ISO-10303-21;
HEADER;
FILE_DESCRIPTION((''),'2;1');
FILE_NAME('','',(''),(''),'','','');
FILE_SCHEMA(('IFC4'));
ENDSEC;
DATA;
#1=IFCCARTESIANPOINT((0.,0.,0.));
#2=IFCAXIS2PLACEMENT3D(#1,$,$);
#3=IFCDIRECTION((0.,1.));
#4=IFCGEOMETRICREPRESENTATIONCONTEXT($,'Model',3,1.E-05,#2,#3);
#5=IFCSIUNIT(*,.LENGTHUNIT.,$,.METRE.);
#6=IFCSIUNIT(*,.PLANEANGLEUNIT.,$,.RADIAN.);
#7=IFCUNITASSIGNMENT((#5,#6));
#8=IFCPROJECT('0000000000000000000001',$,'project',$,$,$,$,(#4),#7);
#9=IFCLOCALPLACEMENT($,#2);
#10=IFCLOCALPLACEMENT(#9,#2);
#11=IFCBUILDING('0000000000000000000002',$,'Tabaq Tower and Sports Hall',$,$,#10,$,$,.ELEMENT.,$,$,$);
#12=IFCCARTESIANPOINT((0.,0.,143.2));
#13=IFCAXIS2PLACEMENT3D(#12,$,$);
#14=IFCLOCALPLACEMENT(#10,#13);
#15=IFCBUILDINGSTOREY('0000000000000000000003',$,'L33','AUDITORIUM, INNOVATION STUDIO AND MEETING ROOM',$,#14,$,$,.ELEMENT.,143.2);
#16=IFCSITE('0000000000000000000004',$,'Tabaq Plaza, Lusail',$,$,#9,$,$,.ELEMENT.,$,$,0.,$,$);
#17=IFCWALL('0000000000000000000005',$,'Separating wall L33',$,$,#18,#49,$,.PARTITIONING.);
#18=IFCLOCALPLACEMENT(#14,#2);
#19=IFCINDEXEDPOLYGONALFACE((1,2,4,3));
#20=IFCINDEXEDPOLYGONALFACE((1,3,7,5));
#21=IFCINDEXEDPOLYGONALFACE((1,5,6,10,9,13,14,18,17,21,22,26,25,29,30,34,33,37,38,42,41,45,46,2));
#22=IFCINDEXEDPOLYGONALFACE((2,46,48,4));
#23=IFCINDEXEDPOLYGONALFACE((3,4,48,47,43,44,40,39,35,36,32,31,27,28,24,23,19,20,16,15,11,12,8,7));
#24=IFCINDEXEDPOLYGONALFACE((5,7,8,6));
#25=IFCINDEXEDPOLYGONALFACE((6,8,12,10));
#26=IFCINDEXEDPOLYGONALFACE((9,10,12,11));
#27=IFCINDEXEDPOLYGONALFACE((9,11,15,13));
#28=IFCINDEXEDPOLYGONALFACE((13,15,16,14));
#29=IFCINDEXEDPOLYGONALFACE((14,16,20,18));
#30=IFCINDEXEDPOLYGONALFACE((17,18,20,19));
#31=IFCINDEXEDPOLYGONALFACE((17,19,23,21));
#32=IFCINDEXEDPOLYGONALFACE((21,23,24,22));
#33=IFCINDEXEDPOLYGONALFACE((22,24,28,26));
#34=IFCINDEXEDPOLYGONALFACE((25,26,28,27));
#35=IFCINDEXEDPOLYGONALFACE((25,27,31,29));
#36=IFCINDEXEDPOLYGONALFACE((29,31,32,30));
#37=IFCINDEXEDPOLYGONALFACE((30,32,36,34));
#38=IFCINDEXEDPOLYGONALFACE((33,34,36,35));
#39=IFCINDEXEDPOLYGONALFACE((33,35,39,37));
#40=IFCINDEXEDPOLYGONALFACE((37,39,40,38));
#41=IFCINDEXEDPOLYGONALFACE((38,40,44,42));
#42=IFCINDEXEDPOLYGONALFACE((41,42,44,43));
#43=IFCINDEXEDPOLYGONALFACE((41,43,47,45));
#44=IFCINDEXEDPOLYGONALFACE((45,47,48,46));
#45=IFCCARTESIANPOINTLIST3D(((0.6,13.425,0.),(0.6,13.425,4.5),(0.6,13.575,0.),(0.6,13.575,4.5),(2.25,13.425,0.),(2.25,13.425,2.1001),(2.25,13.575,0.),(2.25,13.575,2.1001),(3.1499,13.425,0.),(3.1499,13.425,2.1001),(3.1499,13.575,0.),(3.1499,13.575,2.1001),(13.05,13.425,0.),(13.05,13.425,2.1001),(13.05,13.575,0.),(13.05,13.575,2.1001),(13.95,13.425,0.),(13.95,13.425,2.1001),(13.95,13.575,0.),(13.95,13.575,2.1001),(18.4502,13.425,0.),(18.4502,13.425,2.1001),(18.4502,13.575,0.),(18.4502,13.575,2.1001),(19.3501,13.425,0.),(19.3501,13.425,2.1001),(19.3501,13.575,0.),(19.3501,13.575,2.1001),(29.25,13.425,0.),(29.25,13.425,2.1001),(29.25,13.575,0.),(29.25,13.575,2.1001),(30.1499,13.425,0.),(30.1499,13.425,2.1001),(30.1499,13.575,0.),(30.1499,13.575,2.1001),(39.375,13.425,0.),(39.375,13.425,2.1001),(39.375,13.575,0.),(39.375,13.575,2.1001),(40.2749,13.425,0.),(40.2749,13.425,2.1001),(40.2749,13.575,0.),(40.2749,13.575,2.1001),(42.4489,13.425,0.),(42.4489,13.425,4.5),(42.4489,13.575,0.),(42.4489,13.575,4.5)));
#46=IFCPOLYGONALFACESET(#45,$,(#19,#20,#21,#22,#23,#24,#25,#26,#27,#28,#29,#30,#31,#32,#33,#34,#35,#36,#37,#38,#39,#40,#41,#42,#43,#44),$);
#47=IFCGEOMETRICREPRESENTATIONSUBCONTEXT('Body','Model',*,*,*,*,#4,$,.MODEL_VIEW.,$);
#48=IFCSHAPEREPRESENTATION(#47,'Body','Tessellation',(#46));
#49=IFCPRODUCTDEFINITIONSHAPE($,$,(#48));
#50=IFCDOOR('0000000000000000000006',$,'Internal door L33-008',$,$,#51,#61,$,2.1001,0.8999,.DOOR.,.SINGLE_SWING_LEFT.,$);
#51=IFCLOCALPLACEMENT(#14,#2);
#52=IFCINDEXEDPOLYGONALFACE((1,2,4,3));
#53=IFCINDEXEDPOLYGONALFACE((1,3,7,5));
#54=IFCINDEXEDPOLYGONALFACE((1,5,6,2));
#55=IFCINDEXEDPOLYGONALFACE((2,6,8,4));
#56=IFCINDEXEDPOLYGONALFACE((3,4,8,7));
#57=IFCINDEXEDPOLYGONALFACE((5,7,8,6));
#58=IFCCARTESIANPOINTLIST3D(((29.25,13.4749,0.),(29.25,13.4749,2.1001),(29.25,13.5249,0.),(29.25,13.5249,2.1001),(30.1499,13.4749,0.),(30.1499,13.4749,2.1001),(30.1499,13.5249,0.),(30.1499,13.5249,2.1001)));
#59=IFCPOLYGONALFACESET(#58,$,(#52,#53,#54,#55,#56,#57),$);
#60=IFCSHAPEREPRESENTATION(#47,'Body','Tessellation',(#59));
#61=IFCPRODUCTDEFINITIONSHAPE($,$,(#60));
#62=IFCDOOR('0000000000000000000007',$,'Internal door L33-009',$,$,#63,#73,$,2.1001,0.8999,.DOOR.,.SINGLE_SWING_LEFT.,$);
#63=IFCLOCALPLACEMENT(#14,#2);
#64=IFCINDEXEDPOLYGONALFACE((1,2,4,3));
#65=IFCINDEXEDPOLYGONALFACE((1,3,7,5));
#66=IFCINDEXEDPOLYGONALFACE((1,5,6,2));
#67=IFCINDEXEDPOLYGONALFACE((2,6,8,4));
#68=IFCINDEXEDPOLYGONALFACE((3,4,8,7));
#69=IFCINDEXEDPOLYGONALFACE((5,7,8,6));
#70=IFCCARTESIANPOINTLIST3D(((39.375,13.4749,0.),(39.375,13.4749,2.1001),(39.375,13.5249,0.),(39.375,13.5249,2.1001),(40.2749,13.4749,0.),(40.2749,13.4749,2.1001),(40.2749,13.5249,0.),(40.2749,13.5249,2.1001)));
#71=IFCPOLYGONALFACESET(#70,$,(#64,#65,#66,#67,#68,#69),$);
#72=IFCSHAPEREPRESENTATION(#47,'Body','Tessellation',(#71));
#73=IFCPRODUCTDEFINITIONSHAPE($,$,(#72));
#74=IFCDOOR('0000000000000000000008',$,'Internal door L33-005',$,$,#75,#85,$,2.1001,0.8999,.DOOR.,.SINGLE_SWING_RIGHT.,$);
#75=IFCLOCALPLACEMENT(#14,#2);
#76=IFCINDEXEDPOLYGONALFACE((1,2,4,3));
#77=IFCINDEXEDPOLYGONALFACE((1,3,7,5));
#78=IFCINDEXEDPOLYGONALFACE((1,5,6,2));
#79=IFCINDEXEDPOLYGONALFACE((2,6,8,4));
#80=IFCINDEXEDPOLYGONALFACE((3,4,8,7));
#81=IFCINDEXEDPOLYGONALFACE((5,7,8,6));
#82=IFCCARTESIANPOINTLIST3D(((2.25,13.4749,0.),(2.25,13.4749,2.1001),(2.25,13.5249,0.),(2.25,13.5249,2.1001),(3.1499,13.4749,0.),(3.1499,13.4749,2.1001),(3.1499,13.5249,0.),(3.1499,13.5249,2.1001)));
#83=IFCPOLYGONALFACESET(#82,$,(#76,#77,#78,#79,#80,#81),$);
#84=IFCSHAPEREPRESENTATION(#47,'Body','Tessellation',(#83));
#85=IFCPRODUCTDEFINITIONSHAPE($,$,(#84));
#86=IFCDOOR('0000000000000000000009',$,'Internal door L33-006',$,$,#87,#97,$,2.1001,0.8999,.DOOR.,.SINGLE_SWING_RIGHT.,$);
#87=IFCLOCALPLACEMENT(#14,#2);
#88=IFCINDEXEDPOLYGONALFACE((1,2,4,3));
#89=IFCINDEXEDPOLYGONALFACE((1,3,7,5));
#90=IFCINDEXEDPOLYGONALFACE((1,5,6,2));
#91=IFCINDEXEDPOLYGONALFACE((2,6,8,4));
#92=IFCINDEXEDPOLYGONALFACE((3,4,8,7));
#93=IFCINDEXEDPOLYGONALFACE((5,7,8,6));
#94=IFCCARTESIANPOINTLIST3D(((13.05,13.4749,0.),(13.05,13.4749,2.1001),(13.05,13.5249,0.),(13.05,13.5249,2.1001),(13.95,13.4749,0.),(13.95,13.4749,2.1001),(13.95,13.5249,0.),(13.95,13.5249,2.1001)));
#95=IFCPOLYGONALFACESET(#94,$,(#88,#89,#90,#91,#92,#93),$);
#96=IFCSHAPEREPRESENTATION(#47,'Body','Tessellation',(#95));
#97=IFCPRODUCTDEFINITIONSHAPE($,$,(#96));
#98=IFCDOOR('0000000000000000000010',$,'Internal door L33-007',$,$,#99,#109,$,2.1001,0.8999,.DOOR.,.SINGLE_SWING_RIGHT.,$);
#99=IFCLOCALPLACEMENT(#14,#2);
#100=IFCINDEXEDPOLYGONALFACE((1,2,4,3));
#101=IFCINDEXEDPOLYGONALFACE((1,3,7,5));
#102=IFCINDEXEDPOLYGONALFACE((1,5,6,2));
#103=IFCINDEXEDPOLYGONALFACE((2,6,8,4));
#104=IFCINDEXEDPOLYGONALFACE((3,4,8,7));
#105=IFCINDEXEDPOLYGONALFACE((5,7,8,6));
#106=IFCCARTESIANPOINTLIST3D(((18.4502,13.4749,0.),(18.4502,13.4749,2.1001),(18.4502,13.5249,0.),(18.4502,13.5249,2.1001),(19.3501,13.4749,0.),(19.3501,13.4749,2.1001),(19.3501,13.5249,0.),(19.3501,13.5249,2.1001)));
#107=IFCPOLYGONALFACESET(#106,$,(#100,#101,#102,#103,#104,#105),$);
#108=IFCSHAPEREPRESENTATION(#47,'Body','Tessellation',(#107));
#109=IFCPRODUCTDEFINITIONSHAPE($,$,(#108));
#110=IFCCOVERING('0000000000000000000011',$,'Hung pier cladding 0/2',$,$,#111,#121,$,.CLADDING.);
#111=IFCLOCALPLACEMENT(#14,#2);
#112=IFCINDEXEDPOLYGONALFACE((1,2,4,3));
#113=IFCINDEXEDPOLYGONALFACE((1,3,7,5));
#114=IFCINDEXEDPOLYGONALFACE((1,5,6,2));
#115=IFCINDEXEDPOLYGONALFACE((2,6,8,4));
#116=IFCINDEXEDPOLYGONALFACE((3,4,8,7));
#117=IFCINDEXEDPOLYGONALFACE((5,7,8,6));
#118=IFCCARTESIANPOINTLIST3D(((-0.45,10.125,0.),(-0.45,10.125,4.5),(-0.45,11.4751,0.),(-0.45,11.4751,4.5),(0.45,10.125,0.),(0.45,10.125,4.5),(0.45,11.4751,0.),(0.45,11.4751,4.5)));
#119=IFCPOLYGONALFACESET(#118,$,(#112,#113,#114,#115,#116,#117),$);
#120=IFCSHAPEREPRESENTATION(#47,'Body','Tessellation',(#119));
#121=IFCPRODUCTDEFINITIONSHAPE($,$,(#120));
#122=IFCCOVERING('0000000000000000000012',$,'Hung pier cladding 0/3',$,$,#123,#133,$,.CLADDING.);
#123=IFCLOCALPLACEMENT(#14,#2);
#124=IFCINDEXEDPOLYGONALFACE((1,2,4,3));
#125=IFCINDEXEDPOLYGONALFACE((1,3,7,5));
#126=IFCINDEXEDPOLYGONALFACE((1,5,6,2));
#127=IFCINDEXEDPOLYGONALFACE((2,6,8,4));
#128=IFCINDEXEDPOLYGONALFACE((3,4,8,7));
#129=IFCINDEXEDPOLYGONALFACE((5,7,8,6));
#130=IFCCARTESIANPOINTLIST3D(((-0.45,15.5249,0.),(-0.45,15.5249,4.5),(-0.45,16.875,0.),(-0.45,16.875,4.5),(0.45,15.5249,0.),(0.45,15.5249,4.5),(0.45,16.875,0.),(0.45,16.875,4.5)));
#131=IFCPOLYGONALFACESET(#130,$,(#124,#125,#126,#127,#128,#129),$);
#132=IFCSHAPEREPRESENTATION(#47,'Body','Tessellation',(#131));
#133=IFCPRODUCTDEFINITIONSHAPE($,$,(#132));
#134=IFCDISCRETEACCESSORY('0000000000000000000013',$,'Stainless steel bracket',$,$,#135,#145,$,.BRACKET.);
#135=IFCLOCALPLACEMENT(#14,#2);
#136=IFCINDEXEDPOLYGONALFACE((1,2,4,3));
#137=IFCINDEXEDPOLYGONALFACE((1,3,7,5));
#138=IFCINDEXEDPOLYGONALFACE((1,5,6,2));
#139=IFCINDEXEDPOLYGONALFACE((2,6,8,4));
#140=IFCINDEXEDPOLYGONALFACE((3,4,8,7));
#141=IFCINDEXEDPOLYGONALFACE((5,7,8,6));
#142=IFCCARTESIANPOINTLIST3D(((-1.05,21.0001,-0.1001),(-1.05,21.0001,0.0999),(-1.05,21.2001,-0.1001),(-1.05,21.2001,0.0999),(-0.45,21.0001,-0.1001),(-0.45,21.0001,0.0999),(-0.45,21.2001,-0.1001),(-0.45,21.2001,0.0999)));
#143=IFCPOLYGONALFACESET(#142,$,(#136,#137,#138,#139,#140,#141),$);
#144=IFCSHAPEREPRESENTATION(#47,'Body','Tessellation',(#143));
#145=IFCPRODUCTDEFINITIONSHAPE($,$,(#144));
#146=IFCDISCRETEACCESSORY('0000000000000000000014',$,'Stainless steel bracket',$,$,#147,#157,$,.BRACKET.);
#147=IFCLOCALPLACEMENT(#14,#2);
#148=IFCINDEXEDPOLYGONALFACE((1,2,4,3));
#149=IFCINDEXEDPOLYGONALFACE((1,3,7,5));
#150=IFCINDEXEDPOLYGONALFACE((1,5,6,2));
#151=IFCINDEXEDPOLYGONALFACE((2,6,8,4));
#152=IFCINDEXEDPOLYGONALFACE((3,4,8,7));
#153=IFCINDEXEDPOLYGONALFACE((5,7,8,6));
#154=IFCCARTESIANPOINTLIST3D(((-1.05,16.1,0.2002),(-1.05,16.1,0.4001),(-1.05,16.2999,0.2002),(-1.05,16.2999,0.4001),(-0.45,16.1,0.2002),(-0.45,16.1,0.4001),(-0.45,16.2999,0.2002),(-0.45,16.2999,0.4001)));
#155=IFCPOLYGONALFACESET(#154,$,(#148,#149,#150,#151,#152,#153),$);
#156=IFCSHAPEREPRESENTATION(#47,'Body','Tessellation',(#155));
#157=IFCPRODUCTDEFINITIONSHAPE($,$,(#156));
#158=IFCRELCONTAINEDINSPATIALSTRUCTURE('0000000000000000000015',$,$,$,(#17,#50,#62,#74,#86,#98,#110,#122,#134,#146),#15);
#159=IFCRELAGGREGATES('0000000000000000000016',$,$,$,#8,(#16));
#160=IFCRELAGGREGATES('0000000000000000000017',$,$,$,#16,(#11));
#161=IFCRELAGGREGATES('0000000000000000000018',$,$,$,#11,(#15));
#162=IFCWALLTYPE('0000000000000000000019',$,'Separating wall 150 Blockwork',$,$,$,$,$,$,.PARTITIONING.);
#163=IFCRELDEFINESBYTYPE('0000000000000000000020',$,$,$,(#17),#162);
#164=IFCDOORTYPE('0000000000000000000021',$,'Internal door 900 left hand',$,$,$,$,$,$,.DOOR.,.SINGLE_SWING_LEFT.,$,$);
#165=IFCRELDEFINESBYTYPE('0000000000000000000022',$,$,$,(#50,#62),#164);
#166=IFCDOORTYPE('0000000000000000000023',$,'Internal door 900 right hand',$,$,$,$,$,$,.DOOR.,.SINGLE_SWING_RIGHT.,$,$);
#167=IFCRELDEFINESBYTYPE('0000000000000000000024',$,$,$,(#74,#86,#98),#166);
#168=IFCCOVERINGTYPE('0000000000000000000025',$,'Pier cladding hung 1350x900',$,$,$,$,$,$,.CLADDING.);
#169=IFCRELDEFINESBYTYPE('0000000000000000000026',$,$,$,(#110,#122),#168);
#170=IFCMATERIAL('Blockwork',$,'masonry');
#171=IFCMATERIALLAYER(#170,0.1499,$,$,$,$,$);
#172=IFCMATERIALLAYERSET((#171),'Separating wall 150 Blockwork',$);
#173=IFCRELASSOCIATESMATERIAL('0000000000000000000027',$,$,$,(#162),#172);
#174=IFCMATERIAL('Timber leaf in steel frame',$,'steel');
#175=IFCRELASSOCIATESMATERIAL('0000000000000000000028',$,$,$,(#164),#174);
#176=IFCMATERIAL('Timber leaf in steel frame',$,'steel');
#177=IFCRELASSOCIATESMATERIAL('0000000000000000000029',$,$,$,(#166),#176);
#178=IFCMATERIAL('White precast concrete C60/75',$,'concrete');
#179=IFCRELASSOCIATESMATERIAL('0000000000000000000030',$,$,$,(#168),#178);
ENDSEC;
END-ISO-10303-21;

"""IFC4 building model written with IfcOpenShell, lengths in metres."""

from ifc_helpers import new_model, si_unit, direction, frame, frame_2d, origin, origin_2d, place, context, subcontext, project, spatial, rectangle, extrude, material, layer, layer_set, type_object, element, fill, save


model = new_model("IFC4")

# Units and contexts
model_context = context("Model", 3, precision=1e-05, world=origin(), true_north=direction((0.0, 1.0)))
body_context = subcontext(model_context, "Body", "Model", "MODEL_VIEW")
ifc_project = project(units=[si_unit("LENGTHUNIT", "METRE"), si_unit("PLANEANGLEUNIT", "RADIAN")], contexts=[model_context])

# Site, building, storey
site_placement = place(None, origin())
site = spatial("IfcSite", under=ifc_project, at=site_placement, Name="Tabaq Plaza, Lusail", CompositionType="ELEMENT", RefElevation=0.0)
building_placement = place(site_placement, origin())
building = spatial("IfcBuilding", under=site, at=building_placement, Name="Tabaq Tower and Sports Hall", CompositionType="ELEMENT")
storey_placement = place(building_placement, frame((0.0, 0.0, 143.2)))
storey = spatial("IfcBuildingStorey", under=building, at=storey_placement, Name="L33", Description="AUDITORIUM, INNOVATION STUDIO AND MEETING ROOM", CompositionType="ELEMENT", Elevation=143.2)

# Wall, openings, doors
ifc_material_1 = material(Name="Blockwork", Category="masonry")
ifc_layer_1 = layer(ifc_material_1, 0.1499)
ifc_layer_set_1 = layer_set([ifc_layer_1], Name="Separating wall 150 Blockwork")
wall_type = type_object("IfcWallType", Name="Separating wall 150 Blockwork", PredefinedType="PARTITIONING", material=ifc_layer_set_1)
wall_placement = place(storey_placement, frame((0.6001, 13.5, 0.0), z_axis=(0.0, 0.0, 1.0), x_axis=(1.0, 0.0, 0.0)))
wall = element("IfcWall", 1, at=wall_placement, inside=storey, type_object=wall_type, Name="Separating wall L33", PredefinedType="PARTITIONING", context=body_context, shape_type="SweptSolid", body=[
    extrude(rectangle(XDim=41.8489, YDim=0.1499, at=frame_2d((20.9243, 0.0))), origin(), (0.0, 0.0, 1.0), 4.5),
])
opening_1_placement = place(wall_placement, frame((1.6499, 0.0, 0.0)))
opening_1 = element("IfcOpeningElement", 2, at=opening_1_placement, cuts=wall, PredefinedType="OPENING", context=body_context, shape_type="SweptSolid", body=[
    extrude(rectangle(XDim=0.8999, YDim=2.1001, at=frame_2d((0.45, 1.05))), frame((0.0, 0.075, 0.0), z_axis=(0.0, -1.0, 0.0), x_axis=(1.0, 0.0, 0.0)), (0.0, 0.0, 1.0), 0.1499),
])
opening_2_placement = place(wall_placement, frame((12.45, 0.0, 0.0)))
opening_2 = element("IfcOpeningElement", 3, at=opening_2_placement, cuts=wall, PredefinedType="OPENING", context=body_context, shape_type="SweptSolid", body=[
    extrude(rectangle(XDim=0.8999, YDim=2.1001, at=frame_2d((0.45, 1.05))), frame((0.0, 0.075, 0.0), z_axis=(0.0, -1.0, 0.0), x_axis=(1.0, 0.0, 0.0)), (0.0, 0.0, 1.0), 0.1499),
])
opening_3_placement = place(wall_placement, frame((17.8501, 0.0, 0.0)))
opening_3 = element("IfcOpeningElement", 4, at=opening_3_placement, cuts=wall, PredefinedType="OPENING", context=body_context, shape_type="SweptSolid", body=[
    extrude(rectangle(XDim=0.8999, YDim=2.1001, at=frame_2d((0.45, 1.05))), frame((0.0, 0.075, 0.0), z_axis=(0.0, -1.0, 0.0), x_axis=(1.0, 0.0, 0.0)), (0.0, 0.0, 1.0), 0.1499),
])
opening_4_placement = place(wall_placement, frame((28.6499, 0.0, 0.0)))
opening_4 = element("IfcOpeningElement", 5, at=opening_4_placement, cuts=wall, PredefinedType="OPENING", context=body_context, shape_type="SweptSolid", body=[
    extrude(rectangle(XDim=0.8999, YDim=2.1001, at=frame_2d((0.45, 1.05))), frame((0.0, 0.075, 0.0), z_axis=(0.0, -1.0, 0.0), x_axis=(1.0, 0.0, 0.0)), (0.0, 0.0, 1.0), 0.1499),
])
opening_5_placement = place(wall_placement, frame((38.7749, 0.0, 0.0)))
opening_5 = element("IfcOpeningElement", 6, at=opening_5_placement, cuts=wall, PredefinedType="OPENING", context=body_context, shape_type="SweptSolid", body=[
    extrude(rectangle(XDim=0.8999, YDim=2.1001, at=frame_2d((0.45, 1.05))), frame((0.0, 0.075, 0.0), z_axis=(0.0, -1.0, 0.0), x_axis=(1.0, 0.0, 0.0)), (0.0, 0.0, 1.0), 0.1499),
])
ifc_material_2 = material(Name="Timber leaf in steel frame", Category="steel")
door_type_1 = type_object("IfcDoorType", Name="Internal door 900 left hand", OperationType="SINGLE_SWING_LEFT", PredefinedType="DOOR", material=ifc_material_2)
door_1_placement = place(opening_4_placement, origin())
door_1 = element("IfcDoor", 7, at=door_1_placement, inside=storey, type_object=door_type_1, Name="Internal door L33-008", OperationType="SINGLE_SWING_LEFT", OverallHeight=2.1001, OverallWidth=0.8999, PredefinedType="DOOR", context=body_context, shape_type="SweptSolid", body=[
    extrude(rectangle(XDim=0.8999, YDim=2.1001, at=frame_2d((0.45, 1.05))), frame((0.0, 0.0249, 0.0), z_axis=(0.0, -1.0, 0.0), x_axis=(1.0, 0.0, 0.0)), (0.0, 0.0, 1.0), 0.05),
])
fill(opening_4, door_1)
door_2_placement = place(opening_5_placement, origin())
door_2 = element("IfcDoor", 8, at=door_2_placement, inside=storey, type_object=door_type_1, Name="Internal door L33-009", OperationType="SINGLE_SWING_LEFT", OverallHeight=2.1001, OverallWidth=0.8999, PredefinedType="DOOR", context=body_context, shape_type="SweptSolid", body=[
    extrude(rectangle(XDim=0.8999, YDim=2.1001, at=frame_2d((0.45, 1.05))), frame((0.0, 0.0249, 0.0), z_axis=(0.0, -1.0, 0.0), x_axis=(1.0, 0.0, 0.0)), (0.0, 0.0, 1.0), 0.05),
])
fill(opening_5, door_2)
ifc_material_3 = material(Name="Timber leaf in steel frame", Category="steel")
door_type_2 = type_object("IfcDoorType", Name="Internal door 900 right hand", OperationType="SINGLE_SWING_RIGHT", PredefinedType="DOOR", material=ifc_material_3)
door_3_placement = place(opening_1_placement, origin())
door_3 = element("IfcDoor", 9, at=door_3_placement, inside=storey, type_object=door_type_2, Name="Internal door L33-005", OperationType="SINGLE_SWING_RIGHT", OverallHeight=2.1001, OverallWidth=0.8999, PredefinedType="DOOR", context=body_context, shape_type="SweptSolid", body=[
    extrude(rectangle(XDim=0.8999, YDim=2.1001, at=frame_2d((0.45, 1.05))), frame((0.0, 0.0249, 0.0), z_axis=(0.0, -1.0, 0.0), x_axis=(1.0, 0.0, 0.0)), (0.0, 0.0, 1.0), 0.05),
])
fill(opening_1, door_3)
door_4_placement = place(opening_2_placement, origin())
door_4 = element("IfcDoor", 10, at=door_4_placement, inside=storey, type_object=door_type_2, Name="Internal door L33-006", OperationType="SINGLE_SWING_RIGHT", OverallHeight=2.1001, OverallWidth=0.8999, PredefinedType="DOOR", context=body_context, shape_type="SweptSolid", body=[
    extrude(rectangle(XDim=0.8999, YDim=2.1001, at=frame_2d((0.45, 1.05))), frame((0.0, 0.0249, 0.0), z_axis=(0.0, -1.0, 0.0), x_axis=(1.0, 0.0, 0.0)), (0.0, 0.0, 1.0), 0.05),
])
fill(opening_2, door_4)
door_5_placement = place(opening_3_placement, origin())
door_5 = element("IfcDoor", 11, at=door_5_placement, inside=storey, type_object=door_type_2, Name="Internal door L33-007", OperationType="SINGLE_SWING_RIGHT", OverallHeight=2.1001, OverallWidth=0.8999, PredefinedType="DOOR", context=body_context, shape_type="SweptSolid", body=[
    extrude(rectangle(XDim=0.8999, YDim=2.1001, at=frame_2d((0.45, 1.05))), frame((0.0, 0.0249, 0.0), z_axis=(0.0, -1.0, 0.0), x_axis=(1.0, 0.0, 0.0)), (0.0, 0.0, 1.0), 0.05),
])
fill(opening_3, door_5)

# Coverings
ifc_material_4 = material(Name="White precast concrete C60/75", Category="concrete")
covering_type = type_object("IfcCoveringType", Name="Pier cladding hung 1350x900", PredefinedType="CLADDING", material=ifc_material_4)
for number, where, z_axis, x_axis, name in (
    (12, (0.0, 11.4751, 0.0), (0.0, 0.0, 1.0), (0.0, -1.0, 0.0), "Hung pier cladding 0/2"),
    (13, (0.0, 16.875, 0.0), (0.0, 0.0, 1.0), (0.0, -1.0, 0.0), "Hung pier cladding 0/3"),
):
    element("IfcCovering", number, at=place(storey_placement, frame(where, z_axis=z_axis, x_axis=x_axis)), inside=storey, type_object=covering_type, Name=name, PredefinedType="CLADDING", context=body_context, shape_type="SweptSolid", body=[
        extrude(rectangle(XDim=1.3501, YDim=0.8999, at=frame_2d((0.675, 0.0))), origin(), (0.0, 0.0, 1.0), 4.5),
    ])

# Discrete accessories
for number, where, z_axis, x_axis, name in (
    (14, (-0.75, 21.1001, -0.1001), (0.0, 0.0, 1.0), (-1.0, 0.0, 0.0), "Stainless steel bracket"),
    (15, (-0.75, 16.2, 0.2002), (0.0, 0.0, 1.0), (-1.0, 0.0, 0.0), "Stainless steel bracket"),
):
    element("IfcDiscreteAccessory", number, at=place(storey_placement, frame(where, z_axis=z_axis, x_axis=x_axis)), inside=storey, Name=name, PredefinedType="BRACKET", context=body_context, shape_type="SweptSolid", body=[
        extrude(rectangle(XDim=0.6001, YDim=0.2, at=origin_2d()), origin(), (0.0, 0.0, 1.0), 0.2),
    ])

save(model, "model.ifc")
